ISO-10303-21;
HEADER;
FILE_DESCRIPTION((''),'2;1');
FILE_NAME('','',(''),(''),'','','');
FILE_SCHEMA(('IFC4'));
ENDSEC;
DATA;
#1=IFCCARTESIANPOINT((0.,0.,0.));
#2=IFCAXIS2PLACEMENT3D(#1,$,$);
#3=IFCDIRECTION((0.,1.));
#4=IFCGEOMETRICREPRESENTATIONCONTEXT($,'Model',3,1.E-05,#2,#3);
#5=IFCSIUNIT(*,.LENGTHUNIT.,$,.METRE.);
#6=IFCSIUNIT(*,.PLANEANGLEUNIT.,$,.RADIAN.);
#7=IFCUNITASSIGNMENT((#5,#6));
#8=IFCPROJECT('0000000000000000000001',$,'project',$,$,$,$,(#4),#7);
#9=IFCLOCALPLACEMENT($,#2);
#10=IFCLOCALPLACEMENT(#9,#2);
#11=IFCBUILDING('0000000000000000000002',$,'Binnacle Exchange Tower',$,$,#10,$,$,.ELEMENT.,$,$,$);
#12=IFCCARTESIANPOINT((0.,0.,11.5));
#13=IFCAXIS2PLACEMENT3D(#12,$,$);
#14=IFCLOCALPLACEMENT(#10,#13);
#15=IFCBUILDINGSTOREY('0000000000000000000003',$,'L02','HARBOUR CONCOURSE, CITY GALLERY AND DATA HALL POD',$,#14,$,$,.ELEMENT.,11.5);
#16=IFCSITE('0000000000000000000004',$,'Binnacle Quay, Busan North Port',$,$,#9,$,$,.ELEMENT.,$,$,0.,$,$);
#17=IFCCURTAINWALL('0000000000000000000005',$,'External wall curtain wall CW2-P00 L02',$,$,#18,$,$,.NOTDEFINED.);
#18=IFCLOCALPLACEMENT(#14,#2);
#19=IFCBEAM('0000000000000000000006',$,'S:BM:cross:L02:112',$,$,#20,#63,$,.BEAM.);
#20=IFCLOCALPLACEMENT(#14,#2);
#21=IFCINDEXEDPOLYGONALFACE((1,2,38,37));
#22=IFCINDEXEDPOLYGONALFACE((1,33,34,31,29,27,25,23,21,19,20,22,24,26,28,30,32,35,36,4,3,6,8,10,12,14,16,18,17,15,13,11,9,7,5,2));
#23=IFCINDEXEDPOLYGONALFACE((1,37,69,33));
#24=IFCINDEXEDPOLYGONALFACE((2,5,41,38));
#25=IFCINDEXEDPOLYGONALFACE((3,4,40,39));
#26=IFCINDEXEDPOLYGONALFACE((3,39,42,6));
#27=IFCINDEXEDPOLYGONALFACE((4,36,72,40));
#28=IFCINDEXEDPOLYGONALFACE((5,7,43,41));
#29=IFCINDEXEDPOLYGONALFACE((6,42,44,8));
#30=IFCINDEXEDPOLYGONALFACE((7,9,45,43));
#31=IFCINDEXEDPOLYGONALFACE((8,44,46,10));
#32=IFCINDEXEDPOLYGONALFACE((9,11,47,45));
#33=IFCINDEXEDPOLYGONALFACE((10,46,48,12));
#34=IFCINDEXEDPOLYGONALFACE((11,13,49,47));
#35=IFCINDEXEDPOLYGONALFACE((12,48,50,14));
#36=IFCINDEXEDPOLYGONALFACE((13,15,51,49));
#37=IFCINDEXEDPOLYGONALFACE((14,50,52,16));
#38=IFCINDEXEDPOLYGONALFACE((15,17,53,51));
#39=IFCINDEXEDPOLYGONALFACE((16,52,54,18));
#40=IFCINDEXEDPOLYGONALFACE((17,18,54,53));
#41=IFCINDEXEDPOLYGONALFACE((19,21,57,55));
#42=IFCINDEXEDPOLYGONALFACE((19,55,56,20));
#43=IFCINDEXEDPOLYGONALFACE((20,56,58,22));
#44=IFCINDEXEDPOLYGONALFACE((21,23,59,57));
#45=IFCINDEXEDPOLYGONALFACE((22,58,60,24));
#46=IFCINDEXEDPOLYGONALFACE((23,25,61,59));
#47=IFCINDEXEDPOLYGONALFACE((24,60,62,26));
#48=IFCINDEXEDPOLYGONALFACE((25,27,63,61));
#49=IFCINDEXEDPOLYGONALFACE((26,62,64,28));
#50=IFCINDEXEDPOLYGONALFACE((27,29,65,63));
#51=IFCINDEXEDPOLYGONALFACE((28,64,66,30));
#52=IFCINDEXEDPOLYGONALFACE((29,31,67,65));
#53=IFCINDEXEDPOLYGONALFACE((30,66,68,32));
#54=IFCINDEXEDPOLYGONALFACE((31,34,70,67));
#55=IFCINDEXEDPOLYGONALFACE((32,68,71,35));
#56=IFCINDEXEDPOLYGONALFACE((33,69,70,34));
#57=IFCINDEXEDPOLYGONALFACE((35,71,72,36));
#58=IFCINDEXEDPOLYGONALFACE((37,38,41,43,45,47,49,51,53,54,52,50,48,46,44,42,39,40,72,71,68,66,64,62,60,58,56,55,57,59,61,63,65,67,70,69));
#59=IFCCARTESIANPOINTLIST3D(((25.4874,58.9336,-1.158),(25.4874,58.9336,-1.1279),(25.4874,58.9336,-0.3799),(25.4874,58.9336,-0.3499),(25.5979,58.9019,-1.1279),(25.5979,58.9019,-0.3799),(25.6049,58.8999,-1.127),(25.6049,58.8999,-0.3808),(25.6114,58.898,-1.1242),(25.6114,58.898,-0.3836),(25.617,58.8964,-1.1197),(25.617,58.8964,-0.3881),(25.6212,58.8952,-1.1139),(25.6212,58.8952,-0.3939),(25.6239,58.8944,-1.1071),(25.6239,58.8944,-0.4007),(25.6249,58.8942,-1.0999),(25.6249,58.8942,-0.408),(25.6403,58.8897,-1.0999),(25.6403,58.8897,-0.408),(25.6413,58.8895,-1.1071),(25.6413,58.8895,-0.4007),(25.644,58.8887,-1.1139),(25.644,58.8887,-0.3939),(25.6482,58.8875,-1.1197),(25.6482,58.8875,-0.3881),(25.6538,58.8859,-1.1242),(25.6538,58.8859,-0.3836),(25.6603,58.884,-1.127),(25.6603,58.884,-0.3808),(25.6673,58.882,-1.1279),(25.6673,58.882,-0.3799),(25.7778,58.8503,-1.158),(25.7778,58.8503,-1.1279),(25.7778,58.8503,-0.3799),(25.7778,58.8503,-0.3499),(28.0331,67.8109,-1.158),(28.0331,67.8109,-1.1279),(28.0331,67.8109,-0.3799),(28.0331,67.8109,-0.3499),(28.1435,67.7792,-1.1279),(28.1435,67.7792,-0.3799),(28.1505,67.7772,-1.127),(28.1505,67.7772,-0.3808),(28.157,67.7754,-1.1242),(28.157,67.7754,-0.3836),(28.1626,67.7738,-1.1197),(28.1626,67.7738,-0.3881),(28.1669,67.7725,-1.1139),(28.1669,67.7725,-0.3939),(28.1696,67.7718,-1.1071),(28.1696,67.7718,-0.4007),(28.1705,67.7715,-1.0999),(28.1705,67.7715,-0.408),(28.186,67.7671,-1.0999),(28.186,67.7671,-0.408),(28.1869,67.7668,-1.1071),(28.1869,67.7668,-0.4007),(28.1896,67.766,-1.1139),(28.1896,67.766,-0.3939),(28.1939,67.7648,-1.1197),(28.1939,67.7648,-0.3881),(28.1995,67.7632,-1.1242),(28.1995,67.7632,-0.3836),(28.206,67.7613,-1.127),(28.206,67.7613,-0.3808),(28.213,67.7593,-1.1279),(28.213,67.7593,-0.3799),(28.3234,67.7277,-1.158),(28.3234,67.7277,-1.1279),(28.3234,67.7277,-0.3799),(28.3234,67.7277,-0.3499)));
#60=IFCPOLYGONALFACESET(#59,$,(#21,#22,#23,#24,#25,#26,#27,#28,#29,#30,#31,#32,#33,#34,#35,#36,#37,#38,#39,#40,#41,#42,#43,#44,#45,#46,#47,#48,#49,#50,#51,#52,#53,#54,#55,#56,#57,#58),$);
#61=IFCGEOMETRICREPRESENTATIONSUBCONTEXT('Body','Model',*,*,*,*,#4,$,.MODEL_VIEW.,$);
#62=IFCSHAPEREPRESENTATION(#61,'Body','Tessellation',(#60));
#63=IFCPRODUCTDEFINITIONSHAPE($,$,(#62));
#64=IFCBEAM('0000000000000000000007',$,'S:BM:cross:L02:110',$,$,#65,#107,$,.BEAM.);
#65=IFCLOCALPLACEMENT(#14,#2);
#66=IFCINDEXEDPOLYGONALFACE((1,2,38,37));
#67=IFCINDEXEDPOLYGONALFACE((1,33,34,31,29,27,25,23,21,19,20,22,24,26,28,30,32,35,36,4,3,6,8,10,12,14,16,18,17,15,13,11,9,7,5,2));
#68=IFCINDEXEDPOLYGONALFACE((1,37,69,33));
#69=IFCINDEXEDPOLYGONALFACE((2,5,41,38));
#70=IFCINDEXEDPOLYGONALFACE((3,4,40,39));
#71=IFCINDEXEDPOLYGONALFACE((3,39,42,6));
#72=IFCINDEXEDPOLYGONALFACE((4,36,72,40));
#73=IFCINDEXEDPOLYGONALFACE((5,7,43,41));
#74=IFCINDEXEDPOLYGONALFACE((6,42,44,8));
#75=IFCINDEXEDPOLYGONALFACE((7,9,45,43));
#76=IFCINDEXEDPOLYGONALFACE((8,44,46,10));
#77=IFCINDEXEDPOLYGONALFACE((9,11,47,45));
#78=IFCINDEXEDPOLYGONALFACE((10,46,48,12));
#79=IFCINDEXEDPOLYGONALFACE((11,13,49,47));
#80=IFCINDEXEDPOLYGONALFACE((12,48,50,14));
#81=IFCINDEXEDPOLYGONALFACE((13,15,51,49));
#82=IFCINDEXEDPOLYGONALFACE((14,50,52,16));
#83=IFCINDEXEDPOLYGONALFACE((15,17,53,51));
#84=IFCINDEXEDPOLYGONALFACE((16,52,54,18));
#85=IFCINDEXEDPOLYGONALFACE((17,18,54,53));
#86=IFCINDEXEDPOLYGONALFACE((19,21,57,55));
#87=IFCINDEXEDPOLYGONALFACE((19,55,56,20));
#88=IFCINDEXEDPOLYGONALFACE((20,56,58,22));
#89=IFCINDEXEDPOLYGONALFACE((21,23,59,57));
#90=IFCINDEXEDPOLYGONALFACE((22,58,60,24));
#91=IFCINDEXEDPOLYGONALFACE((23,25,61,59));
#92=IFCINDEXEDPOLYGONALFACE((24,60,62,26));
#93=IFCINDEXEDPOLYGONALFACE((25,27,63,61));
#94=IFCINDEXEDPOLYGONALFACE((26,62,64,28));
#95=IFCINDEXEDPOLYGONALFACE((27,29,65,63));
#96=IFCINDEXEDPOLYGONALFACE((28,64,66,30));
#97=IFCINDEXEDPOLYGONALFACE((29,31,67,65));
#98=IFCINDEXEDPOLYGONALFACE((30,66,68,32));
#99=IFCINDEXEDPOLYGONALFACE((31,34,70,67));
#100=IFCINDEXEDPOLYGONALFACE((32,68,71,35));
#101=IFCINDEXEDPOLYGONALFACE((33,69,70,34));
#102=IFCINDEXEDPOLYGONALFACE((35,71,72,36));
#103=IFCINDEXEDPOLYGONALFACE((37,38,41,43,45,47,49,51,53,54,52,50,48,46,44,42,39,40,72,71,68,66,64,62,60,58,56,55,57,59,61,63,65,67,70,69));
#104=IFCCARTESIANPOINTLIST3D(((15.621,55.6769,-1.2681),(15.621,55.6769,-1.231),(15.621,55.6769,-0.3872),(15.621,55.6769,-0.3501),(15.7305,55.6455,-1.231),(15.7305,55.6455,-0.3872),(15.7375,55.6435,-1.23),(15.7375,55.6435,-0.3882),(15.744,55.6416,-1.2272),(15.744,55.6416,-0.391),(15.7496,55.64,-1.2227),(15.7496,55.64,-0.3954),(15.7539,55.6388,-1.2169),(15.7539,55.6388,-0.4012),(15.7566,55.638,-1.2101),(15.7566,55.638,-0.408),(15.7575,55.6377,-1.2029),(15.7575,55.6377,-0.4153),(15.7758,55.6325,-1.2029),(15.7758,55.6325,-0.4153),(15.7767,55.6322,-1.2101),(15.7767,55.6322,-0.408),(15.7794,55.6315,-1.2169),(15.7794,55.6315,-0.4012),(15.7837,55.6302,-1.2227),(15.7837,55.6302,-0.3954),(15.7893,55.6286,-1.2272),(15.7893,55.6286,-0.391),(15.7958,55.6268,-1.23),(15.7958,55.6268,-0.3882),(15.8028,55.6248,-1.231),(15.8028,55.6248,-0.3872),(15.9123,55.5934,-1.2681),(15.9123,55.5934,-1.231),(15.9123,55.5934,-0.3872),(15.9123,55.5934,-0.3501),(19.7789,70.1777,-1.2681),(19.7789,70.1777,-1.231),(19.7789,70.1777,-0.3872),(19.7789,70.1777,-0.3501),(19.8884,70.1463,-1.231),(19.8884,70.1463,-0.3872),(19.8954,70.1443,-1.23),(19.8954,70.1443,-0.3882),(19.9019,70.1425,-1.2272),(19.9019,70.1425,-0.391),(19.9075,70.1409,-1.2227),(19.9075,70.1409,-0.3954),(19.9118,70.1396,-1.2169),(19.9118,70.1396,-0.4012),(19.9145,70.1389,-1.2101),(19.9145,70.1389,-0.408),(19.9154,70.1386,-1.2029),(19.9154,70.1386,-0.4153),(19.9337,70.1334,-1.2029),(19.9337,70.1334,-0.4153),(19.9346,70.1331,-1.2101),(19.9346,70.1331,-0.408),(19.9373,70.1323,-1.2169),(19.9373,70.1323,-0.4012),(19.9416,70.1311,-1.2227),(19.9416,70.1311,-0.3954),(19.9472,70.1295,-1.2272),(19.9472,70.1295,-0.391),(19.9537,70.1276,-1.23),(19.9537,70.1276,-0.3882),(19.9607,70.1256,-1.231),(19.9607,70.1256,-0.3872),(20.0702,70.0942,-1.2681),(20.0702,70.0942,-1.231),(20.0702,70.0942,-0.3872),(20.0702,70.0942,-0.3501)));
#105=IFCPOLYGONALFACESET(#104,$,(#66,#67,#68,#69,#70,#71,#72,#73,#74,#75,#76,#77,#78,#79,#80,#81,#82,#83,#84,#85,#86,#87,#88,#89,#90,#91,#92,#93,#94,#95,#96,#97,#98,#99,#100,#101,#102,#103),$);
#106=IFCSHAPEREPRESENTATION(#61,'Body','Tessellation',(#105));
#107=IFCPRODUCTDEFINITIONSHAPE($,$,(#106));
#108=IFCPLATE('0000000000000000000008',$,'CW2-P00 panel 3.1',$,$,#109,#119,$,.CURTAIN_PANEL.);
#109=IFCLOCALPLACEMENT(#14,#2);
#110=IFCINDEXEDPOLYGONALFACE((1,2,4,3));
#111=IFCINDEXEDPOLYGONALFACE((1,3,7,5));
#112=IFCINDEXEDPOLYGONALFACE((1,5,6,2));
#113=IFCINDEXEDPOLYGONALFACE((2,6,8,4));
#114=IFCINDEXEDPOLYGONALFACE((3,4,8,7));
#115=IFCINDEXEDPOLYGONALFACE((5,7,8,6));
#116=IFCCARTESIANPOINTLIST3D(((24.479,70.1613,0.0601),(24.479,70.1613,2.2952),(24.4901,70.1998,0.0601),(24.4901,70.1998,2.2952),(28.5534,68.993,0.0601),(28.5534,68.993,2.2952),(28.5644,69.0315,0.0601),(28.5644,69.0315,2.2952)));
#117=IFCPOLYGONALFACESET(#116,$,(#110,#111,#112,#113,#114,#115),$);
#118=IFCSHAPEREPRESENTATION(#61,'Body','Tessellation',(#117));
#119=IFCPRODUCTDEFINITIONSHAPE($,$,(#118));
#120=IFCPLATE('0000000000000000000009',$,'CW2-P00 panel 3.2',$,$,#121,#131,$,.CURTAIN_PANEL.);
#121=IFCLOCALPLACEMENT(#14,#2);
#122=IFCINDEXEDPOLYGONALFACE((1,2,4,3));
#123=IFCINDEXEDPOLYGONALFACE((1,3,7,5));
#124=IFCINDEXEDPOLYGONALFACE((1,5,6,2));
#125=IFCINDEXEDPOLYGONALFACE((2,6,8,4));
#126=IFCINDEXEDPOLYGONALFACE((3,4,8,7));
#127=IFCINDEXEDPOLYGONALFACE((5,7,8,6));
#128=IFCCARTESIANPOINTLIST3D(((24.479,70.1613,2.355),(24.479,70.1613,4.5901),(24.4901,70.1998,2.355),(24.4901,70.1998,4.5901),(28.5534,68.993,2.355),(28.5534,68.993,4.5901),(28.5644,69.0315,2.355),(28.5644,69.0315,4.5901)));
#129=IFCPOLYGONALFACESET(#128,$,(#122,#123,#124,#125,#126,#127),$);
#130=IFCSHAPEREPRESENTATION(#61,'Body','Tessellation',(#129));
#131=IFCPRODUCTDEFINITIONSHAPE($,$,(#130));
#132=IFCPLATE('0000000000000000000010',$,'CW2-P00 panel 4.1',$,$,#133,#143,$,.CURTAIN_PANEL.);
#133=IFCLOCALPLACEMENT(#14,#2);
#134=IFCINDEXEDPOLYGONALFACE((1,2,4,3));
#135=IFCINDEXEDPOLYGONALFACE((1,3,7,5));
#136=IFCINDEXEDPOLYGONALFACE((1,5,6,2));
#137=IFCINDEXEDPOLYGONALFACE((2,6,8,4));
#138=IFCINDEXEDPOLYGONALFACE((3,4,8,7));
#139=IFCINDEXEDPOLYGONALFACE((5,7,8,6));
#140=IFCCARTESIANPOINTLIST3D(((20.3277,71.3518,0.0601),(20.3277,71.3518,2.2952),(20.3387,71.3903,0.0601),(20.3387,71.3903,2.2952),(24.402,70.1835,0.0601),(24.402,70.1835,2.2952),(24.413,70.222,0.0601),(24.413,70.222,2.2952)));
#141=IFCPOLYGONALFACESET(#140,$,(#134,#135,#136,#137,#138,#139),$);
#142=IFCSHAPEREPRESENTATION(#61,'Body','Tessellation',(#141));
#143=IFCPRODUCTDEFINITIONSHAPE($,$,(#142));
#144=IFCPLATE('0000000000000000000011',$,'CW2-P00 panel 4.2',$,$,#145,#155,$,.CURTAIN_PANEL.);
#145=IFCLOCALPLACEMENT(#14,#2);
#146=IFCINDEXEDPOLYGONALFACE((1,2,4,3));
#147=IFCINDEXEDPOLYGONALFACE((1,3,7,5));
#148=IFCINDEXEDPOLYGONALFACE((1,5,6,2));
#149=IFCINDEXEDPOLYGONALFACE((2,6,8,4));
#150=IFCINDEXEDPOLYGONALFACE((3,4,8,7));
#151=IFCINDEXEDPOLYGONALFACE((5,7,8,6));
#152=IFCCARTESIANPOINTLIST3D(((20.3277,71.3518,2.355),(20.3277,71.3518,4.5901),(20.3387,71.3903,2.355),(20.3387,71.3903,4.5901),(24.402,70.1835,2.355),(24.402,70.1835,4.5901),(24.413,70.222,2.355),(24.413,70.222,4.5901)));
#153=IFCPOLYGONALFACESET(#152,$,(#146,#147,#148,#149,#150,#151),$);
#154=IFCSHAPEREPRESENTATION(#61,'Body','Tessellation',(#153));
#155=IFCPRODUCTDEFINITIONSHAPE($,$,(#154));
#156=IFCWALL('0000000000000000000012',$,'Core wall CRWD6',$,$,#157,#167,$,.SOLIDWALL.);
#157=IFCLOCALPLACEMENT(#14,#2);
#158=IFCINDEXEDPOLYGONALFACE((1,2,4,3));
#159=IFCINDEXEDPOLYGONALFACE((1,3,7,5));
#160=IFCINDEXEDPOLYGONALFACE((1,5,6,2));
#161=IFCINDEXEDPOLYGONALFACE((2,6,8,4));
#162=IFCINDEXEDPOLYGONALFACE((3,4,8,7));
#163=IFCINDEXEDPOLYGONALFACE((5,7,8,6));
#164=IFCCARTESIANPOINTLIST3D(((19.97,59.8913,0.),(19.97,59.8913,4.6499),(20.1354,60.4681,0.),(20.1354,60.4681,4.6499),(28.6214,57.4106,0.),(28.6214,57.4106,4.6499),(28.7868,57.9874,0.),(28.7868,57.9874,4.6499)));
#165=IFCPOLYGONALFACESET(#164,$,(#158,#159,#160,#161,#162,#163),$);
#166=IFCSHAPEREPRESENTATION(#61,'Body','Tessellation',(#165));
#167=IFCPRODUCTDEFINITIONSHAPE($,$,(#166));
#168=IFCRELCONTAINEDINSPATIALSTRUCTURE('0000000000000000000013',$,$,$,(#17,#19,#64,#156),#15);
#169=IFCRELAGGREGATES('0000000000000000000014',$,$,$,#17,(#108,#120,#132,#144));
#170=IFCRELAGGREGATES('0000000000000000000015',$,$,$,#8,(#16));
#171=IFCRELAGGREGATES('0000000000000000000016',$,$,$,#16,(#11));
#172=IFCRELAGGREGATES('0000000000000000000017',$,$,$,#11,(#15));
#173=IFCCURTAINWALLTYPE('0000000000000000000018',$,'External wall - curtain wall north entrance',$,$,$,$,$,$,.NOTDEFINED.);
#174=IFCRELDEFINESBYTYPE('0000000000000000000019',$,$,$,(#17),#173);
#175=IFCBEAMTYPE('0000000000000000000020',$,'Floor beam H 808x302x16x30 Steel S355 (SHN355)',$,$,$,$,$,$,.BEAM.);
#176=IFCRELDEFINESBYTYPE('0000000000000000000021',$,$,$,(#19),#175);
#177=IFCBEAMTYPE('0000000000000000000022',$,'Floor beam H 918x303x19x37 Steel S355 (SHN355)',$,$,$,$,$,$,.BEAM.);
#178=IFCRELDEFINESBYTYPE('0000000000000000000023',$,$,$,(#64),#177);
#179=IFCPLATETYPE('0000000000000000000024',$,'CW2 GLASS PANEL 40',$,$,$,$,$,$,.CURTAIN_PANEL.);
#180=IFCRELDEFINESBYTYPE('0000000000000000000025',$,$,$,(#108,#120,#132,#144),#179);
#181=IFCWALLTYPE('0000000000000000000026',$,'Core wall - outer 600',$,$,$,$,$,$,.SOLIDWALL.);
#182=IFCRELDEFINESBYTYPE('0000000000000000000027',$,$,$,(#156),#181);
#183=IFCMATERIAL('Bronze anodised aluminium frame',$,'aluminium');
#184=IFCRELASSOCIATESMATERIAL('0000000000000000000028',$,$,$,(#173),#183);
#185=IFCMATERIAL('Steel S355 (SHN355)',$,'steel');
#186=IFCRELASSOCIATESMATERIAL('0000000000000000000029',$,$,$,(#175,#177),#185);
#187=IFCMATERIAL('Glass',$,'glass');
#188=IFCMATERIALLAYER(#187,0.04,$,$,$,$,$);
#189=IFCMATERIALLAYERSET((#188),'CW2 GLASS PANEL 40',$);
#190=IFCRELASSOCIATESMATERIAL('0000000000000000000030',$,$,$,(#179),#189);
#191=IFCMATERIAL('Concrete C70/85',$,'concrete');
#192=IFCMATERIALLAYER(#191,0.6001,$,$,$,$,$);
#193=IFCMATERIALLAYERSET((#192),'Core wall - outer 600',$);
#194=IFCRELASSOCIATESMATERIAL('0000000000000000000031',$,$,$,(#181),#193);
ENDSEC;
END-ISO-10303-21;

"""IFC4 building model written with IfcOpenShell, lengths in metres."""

from ifc_helpers import new_model, si_unit, direction, frame, frame_2d, origin, origin_2d, place, context, subcontext, project, spatial, rectangle, i_section, extrude, material, layer, layer_set, material_profile, profile_set, type_object, element, aggregate, save


model = new_model("IFC4")

# Units and contexts
model_context = context("Model", 3, precision=1e-05, world=origin(), true_north=direction((0.0, 1.0)))
body_context = subcontext(model_context, "Body", "Model", "MODEL_VIEW")
ifc_project = project(units=[si_unit("LENGTHUNIT", "METRE"), si_unit("PLANEANGLEUNIT", "RADIAN")], contexts=[model_context])

# Site, building, storey
site_placement = place(None, origin())
site = spatial("IfcSite", under=ifc_project, at=site_placement, Name="Binnacle Quay, Busan North Port", CompositionType="ELEMENT", RefElevation=0.0)
building_placement = place(site_placement, origin())
building = spatial("IfcBuilding", under=site, at=building_placement, Name="Binnacle Exchange Tower", CompositionType="ELEMENT")
storey_placement = place(building_placement, frame((0.0, 0.0, 11.5)))
storey = spatial("IfcBuildingStorey", under=building, at=storey_placement, Name="L02", Description="HARBOUR CONCOURSE, CITY GALLERY AND DATA HALL POD", CompositionType="ELEMENT", Elevation=11.5)

# Shared definitions
ifc_material_1 = material(Name="Concrete C70/85", Category="concrete")

# Curtain wall
ifc_material_2 = material(Name="Bronze anodised aluminium frame", Category="aluminium")
curtain_wall_type = type_object("IfcCurtainWallType", Name="External wall - curtain wall north entrance", PredefinedType="NOTDEFINED", material=ifc_material_2)
curtain_wall_placement = place(storey_placement, origin())
curtain_wall = element("IfcCurtainWall", 1, at=curtain_wall_placement, inside=storey, type_object=curtain_wall_type, Name="External wall curtain wall CW2-P00 L02", PredefinedType="NOTDEFINED")

# Beams
ifc_material_3 = material(Name="Steel S355 (SHN355)", Category="steel")
ifc_material_profile_1 = material_profile(ifc_material_3, i_section(OverallWidth=0.302, OverallDepth=0.8081, WebThickness=0.0161, FlangeThickness=0.03, FilletRadius=0.0281, at=origin_2d()), Name="H 808x302x16x30")
ifc_profile_set_1 = profile_set([ifc_material_profile_1], Name="Steel S355 (SHN355)")
beam_type_1 = type_object("IfcBeamType", Name="Floor beam H 808x302x16x30 Steel S355 (SHN355)", PredefinedType="BEAM", material=ifc_profile_set_1)
beam_1_placement = place(storey_placement, frame((28.1782, 67.7693, -0.7539), z_axis=(-0.275646, -0.961259, 0.0), x_axis=(0.961259, -0.275646, 0.0)))
element("IfcBeam", 2, at=beam_1_placement, inside=storey, type_object=beam_type_1, Name="S:BM:cross:L02:112", PredefinedType="BEAM", context=body_context, shape_type="SweptSolid", body=[
    extrude(i_section(OverallWidth=0.302, OverallDepth=0.8081, WebThickness=0.0161, FlangeThickness=0.03, FilletRadius=0.0281, at=origin_2d()), origin(), (0.0, 0.0, 1.0), 9.2351),
])
ifc_material_profile_2 = material_profile(ifc_material_3, i_section(OverallWidth=0.303, OverallDepth=0.918, WebThickness=0.019, FlangeThickness=0.0371, FilletRadius=0.0281, at=origin_2d()), Name="H 918x303x19x37")
ifc_profile_set_2 = profile_set([ifc_material_profile_2], Name="Steel S355 (SHN355)")
beam_type_2 = type_object("IfcBeamType", Name="Floor beam H 918x303x19x37 Steel S355 (SHN355)", PredefinedType="BEAM", material=ifc_profile_set_2)
beam_2_placement = place(storey_placement, frame((19.9246, 70.136, -0.8091), z_axis=(-0.275629, -0.961264, 0.0), x_axis=(0.961264, -0.275629, 0.0)))
element("IfcBeam", 3, at=beam_2_placement, inside=storey, type_object=beam_type_2, Name="S:BM:cross:L02:110", PredefinedType="BEAM", context=body_context, shape_type="SweptSolid", body=[
    extrude(i_section(OverallWidth=0.303, OverallDepth=0.918, WebThickness=0.019, FlangeThickness=0.0371, FilletRadius=0.0281, at=origin_2d()), origin(), (0.0, 0.0, 1.0), 15.0852),
])

# Plates
ifc_material_4 = material(Name="Glass", Category="glass")
ifc_layer_1 = layer(ifc_material_4, 0.04)
ifc_layer_set_1 = layer_set([ifc_layer_1], Name="CW2 GLASS PANEL 40")
plate_type = type_object("IfcPlateType", Name="CW2 GLASS PANEL 40", PredefinedType="CURTAIN_PANEL", material=ifc_layer_set_1)
plate_1_placement = place(storey_placement, frame((26.5217, 69.5964, 0.0601), z_axis=(0.0, 0.0, 1.0), x_axis=(-0.961262, 0.275637, 0.0)))
plate_1 = element("IfcPlate", 4, at=plate_1_placement, type_object=plate_type, Name="CW2-P00 panel 3.1", PredefinedType="CURTAIN_PANEL", context=body_context, shape_type="SweptSolid", body=[
    extrude(rectangle(XDim=4.2385, YDim=0.04, at=origin_2d()), origin(), (0.0, 0.0, 1.0), 2.2351),
])
plate_2_placement = place(storey_placement, frame((26.5217, 69.5964, 2.355), z_axis=(0.0, 0.0, 1.0), x_axis=(-0.961262, 0.275637, 0.0)))
plate_2 = element("IfcPlate", 5, at=plate_2_placement, type_object=plate_type, Name="CW2-P00 panel 3.2", PredefinedType="CURTAIN_PANEL", context=body_context, shape_type="SweptSolid", body=[
    extrude(rectangle(XDim=4.2385, YDim=0.04, at=origin_2d()), origin(), (0.0, 0.0, 1.0), 2.2351),
])
plate_3_placement = place(storey_placement, frame((22.3704, 70.7869, 0.0601), z_axis=(0.0, 0.0, 1.0), x_axis=(-0.961262, 0.275637, 0.0)))
plate_3 = element("IfcPlate", 6, at=plate_3_placement, type_object=plate_type, Name="CW2-P00 panel 4.1", PredefinedType="CURTAIN_PANEL", context=body_context, shape_type="SweptSolid", body=[
    extrude(rectangle(XDim=4.2385, YDim=0.04, at=origin_2d()), origin(), (0.0, 0.0, 1.0), 2.2351),
])
plate_4_placement = place(storey_placement, frame((22.3704, 70.7869, 2.355), z_axis=(0.0, 0.0, 1.0), x_axis=(-0.961262, 0.275637, 0.0)))
plate_4 = element("IfcPlate", 7, at=plate_4_placement, type_object=plate_type, Name="CW2-P00 panel 4.2", PredefinedType="CURTAIN_PANEL", context=body_context, shape_type="SweptSolid", body=[
    extrude(rectangle(XDim=4.2385, YDim=0.04, at=origin_2d()), origin(), (0.0, 0.0, 1.0), 2.2351),
])
aggregate(curtain_wall, [plate_1, plate_2, plate_3, plate_4])

# Wall
ifc_layer_2 = layer(ifc_material_1, 0.6001)
ifc_layer_set_2 = layer_set([ifc_layer_2], Name="Core wall - outer 600")
wall_type_1 = type_object("IfcWallType", Name="Core wall - outer 600", PredefinedType="SOLIDWALL", material=ifc_layer_set_2)
wall_1_placement = place(storey_placement, frame((20.0527, 60.1797, 0.0), z_axis=(0.0, 0.0, 1.0), x_axis=(0.961262, -0.275635, 0.0)))
element("IfcWall", 8, at=wall_1_placement, inside=storey, type_object=wall_type_1, Name="Core wall CRWD6", PredefinedType="SOLIDWALL", context=body_context, shape_type="SweptSolid", body=[
    extrude(rectangle(XDim=9.0, YDim=0.6001, at=frame_2d((4.5, 0.0))), origin(), (0.0, 0.0, 1.0), 4.6499),
])

save(model, "model.ifc")
